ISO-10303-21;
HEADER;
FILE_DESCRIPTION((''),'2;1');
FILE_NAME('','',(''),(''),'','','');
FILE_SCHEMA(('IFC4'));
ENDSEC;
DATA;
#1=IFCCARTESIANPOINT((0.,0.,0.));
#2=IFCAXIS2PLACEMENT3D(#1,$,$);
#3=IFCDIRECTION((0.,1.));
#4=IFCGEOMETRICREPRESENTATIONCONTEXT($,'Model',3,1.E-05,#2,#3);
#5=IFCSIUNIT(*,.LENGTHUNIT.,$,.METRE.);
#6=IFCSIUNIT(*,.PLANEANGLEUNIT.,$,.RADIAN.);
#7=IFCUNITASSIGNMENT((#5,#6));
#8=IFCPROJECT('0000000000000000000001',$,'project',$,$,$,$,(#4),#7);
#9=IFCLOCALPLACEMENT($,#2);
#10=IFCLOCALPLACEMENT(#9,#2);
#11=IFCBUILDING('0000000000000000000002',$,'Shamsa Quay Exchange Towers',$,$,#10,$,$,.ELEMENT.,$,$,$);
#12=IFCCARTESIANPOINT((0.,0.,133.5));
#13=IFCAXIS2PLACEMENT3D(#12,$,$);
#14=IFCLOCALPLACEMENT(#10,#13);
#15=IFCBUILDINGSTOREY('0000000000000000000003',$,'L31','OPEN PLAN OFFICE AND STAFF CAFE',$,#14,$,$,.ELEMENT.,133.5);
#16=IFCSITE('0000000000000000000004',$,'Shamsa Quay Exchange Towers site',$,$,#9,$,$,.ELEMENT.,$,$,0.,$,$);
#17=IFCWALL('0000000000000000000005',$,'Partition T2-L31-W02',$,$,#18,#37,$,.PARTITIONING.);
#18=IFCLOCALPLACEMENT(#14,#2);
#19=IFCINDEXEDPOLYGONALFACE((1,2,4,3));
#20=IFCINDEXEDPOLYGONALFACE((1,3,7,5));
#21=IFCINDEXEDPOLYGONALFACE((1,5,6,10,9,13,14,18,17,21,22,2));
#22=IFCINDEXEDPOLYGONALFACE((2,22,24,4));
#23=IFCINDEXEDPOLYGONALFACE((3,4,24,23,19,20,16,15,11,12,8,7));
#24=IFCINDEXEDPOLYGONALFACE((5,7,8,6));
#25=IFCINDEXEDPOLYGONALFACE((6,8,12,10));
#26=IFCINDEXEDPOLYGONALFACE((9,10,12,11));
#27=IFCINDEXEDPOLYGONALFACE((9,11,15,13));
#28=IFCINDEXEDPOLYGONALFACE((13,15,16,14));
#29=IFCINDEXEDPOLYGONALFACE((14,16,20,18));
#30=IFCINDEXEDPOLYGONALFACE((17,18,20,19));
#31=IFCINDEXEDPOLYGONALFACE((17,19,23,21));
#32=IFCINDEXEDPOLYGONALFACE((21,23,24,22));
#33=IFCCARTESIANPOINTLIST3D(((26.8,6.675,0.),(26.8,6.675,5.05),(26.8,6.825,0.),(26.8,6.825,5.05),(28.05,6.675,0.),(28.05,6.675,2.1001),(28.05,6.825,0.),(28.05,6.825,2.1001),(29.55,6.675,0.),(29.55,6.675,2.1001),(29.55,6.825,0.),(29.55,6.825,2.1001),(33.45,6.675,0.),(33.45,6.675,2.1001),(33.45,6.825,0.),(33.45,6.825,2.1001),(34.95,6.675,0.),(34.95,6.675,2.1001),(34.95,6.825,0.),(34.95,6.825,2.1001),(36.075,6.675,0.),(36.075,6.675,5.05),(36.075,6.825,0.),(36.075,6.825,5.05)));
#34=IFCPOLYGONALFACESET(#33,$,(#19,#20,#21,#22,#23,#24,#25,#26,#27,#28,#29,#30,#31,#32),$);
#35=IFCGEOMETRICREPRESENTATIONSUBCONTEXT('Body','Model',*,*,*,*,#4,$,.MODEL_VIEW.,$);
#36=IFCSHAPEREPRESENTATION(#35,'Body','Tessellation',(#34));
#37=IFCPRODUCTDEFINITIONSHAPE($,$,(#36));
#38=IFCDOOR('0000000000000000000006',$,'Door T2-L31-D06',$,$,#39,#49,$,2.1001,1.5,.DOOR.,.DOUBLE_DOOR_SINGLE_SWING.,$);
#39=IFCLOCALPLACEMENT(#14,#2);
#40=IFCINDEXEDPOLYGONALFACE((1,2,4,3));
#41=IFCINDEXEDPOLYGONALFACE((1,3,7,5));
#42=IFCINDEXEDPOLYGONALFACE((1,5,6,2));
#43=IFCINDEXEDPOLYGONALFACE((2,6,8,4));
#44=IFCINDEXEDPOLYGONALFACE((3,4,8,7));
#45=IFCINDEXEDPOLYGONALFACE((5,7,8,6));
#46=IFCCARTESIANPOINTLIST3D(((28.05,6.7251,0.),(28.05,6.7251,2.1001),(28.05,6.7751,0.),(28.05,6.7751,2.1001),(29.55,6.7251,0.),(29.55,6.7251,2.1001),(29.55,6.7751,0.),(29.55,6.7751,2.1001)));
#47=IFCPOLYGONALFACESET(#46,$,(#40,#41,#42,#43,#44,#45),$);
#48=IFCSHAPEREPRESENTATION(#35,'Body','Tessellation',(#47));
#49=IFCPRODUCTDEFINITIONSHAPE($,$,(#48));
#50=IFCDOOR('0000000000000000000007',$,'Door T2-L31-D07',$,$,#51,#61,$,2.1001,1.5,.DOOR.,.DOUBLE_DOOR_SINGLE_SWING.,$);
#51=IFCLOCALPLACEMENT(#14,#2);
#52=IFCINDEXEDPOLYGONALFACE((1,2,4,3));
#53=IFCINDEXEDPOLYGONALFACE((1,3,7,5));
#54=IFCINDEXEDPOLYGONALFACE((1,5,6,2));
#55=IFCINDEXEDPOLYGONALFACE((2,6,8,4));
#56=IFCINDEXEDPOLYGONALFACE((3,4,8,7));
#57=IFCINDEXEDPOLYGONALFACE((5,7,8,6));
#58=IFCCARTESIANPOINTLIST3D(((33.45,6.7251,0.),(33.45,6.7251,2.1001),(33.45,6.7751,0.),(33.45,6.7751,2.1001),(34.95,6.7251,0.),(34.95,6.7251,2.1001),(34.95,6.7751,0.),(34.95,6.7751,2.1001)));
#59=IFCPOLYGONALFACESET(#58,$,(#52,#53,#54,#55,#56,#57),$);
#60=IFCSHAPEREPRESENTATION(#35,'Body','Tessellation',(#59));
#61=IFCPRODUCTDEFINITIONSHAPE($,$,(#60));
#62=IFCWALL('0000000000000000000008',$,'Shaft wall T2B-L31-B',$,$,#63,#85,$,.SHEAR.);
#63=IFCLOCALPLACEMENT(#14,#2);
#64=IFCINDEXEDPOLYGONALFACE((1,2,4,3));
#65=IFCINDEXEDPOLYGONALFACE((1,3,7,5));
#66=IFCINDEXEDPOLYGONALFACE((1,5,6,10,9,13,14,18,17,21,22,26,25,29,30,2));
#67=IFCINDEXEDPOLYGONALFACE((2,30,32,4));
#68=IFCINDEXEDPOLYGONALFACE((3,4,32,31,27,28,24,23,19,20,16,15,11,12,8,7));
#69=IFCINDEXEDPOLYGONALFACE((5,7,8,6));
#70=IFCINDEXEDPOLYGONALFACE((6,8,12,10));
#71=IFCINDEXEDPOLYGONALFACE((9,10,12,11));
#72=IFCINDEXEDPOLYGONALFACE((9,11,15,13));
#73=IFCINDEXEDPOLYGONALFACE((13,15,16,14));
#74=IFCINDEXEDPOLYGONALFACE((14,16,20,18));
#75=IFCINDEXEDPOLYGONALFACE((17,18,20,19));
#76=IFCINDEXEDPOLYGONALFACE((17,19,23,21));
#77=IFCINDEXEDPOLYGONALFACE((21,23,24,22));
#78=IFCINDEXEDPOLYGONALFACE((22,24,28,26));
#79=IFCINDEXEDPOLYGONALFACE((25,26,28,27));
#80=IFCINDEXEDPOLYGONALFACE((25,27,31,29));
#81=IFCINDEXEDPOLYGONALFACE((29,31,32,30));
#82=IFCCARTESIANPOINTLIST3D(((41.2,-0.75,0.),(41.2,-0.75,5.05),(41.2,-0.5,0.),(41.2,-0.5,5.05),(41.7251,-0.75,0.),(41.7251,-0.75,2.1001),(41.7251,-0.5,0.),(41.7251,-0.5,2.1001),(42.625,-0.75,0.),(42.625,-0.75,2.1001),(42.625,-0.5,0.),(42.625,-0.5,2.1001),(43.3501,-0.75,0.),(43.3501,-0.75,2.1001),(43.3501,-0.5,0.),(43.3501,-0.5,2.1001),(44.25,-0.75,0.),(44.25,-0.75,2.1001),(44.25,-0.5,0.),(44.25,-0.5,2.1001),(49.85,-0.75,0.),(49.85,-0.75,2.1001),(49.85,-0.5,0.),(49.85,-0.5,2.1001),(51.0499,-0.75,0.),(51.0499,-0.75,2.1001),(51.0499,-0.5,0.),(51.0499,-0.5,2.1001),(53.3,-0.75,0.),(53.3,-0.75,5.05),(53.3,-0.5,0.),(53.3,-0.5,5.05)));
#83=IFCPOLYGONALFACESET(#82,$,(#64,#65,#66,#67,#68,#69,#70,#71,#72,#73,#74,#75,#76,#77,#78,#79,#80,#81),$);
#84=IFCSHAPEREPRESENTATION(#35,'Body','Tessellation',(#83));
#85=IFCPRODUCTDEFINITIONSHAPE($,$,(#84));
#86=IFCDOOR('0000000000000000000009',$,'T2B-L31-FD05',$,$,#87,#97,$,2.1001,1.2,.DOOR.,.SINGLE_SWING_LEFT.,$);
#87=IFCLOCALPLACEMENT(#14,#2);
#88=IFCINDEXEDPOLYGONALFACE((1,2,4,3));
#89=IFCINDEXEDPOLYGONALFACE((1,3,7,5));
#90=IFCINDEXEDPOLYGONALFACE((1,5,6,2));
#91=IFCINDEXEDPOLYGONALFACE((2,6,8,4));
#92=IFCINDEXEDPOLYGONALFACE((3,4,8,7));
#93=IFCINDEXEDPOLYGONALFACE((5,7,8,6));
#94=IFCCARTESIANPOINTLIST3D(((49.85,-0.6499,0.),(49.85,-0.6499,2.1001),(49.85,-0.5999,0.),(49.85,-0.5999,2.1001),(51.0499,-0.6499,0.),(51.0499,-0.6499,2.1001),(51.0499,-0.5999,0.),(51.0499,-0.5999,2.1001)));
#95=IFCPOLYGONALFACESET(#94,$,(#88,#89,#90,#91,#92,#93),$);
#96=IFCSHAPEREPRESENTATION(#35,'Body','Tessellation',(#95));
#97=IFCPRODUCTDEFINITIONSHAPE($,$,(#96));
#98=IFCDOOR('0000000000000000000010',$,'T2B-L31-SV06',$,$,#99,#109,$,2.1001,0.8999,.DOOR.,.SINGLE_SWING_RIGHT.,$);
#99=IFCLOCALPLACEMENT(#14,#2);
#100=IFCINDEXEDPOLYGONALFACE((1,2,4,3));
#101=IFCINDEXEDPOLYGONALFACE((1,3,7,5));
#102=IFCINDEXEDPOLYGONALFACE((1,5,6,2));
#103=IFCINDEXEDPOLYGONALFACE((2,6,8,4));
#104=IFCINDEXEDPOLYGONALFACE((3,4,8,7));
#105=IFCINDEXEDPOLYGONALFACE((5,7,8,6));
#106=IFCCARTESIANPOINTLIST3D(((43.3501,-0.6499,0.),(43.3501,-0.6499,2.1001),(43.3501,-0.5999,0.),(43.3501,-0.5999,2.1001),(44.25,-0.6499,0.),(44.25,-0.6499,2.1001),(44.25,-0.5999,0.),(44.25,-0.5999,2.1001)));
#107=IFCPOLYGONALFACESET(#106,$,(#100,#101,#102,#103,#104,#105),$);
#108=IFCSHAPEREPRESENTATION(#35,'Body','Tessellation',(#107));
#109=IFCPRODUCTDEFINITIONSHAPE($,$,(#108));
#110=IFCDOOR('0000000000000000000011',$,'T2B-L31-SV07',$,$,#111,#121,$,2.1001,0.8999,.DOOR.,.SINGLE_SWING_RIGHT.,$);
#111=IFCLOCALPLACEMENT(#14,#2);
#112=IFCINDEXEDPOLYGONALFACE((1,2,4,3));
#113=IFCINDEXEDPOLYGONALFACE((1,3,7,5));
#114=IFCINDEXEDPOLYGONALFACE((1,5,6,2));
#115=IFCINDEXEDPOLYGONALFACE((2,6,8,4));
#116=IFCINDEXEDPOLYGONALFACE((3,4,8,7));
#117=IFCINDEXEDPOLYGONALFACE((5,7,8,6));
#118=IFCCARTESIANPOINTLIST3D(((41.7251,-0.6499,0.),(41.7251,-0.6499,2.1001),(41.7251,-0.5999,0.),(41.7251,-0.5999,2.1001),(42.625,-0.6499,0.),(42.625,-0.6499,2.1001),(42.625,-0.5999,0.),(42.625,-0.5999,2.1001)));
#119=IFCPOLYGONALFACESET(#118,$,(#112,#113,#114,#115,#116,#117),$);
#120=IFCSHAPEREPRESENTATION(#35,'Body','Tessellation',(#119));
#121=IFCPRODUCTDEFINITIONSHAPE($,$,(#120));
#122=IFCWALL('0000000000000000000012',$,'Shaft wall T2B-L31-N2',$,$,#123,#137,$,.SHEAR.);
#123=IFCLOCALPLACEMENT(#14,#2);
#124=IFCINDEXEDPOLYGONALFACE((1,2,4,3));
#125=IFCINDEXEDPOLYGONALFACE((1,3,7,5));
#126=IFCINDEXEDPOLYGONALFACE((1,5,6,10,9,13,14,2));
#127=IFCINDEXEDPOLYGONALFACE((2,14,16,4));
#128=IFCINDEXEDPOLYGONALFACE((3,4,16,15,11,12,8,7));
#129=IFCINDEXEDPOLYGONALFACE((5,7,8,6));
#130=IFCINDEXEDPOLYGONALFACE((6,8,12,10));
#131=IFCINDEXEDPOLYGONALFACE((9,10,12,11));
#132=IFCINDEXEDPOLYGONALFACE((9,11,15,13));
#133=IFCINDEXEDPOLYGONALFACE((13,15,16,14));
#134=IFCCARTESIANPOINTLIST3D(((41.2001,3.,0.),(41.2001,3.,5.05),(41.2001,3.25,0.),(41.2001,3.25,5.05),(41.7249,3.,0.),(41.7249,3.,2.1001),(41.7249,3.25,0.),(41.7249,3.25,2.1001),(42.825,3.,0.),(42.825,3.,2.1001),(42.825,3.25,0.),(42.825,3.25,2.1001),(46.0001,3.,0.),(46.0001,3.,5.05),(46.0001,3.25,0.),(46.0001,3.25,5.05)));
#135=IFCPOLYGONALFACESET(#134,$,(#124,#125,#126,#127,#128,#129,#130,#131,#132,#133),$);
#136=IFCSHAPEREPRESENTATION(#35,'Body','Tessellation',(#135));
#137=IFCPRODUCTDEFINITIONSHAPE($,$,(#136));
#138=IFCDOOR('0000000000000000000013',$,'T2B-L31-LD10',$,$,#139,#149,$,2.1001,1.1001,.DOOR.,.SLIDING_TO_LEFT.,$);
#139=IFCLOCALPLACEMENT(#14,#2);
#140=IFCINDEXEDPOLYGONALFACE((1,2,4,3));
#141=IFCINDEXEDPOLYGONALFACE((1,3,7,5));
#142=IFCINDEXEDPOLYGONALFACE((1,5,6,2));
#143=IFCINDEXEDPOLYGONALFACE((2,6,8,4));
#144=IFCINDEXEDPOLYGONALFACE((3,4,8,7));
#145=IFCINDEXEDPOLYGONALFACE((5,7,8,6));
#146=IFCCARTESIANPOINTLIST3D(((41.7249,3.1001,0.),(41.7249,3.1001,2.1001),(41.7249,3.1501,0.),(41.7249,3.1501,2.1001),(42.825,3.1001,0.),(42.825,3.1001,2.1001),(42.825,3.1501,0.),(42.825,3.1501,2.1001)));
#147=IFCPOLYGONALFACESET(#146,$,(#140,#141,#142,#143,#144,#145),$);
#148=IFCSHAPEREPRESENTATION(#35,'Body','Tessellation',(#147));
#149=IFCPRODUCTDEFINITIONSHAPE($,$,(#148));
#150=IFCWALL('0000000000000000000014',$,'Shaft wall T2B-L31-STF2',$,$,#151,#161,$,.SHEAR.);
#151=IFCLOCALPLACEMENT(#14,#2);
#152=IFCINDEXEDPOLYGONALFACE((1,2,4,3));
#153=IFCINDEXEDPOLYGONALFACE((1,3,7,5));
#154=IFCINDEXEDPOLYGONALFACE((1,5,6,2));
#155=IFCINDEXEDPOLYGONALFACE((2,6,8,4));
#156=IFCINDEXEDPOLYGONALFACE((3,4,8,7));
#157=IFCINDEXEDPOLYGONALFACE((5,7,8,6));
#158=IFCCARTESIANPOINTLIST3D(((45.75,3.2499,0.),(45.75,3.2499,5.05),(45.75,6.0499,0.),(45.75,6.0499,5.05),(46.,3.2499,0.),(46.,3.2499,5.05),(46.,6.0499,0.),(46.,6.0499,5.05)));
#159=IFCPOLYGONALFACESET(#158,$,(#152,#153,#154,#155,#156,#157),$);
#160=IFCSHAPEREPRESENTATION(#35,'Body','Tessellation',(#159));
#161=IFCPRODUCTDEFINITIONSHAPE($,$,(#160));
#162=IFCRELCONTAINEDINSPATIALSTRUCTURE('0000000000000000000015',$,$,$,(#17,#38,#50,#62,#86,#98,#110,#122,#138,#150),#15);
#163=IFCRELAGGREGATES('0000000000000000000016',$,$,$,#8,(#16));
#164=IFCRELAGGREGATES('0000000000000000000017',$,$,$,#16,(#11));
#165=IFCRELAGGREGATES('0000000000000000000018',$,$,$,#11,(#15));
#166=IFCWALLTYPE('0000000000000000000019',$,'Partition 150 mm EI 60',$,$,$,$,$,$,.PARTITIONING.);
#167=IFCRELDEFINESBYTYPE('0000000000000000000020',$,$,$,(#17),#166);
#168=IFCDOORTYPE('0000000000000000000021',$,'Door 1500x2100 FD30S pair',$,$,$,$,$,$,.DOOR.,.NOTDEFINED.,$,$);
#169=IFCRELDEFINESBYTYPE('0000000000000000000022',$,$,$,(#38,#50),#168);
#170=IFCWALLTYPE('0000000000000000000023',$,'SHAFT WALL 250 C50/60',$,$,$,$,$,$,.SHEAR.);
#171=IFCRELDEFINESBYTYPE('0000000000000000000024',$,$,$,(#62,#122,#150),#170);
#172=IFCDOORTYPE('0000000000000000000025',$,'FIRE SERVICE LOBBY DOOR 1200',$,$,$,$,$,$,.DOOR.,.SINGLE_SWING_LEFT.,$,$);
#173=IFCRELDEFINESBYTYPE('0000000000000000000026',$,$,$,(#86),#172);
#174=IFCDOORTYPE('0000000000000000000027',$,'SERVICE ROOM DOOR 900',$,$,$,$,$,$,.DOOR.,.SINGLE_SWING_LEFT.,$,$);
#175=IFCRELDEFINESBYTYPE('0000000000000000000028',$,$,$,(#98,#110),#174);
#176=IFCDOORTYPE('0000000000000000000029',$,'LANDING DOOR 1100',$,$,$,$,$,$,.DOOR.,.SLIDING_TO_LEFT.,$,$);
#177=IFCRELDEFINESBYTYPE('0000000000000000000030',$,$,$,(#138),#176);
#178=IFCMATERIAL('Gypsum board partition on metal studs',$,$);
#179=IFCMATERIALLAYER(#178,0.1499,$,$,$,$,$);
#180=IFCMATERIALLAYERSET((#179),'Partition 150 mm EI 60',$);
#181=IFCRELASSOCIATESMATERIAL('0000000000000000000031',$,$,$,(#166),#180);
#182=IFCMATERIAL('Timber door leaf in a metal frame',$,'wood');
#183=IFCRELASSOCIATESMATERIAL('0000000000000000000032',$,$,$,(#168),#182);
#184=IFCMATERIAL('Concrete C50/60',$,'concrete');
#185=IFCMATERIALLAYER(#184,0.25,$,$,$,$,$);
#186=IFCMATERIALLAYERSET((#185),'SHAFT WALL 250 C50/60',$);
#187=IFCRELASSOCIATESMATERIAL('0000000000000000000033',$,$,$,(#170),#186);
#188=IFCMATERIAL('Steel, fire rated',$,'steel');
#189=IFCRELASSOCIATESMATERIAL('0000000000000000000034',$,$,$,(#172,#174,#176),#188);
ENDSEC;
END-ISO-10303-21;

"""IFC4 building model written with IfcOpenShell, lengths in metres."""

from ifc_helpers import new_model, si_unit, direction, frame, frame_2d, origin, place, context, subcontext, project, spatial, rectangle, extrude, material, layer, layer_set, type_object, element, fill, save


model = new_model("IFC4")

# Units and contexts
model_context = context("Model", 3, precision=1e-05, world=origin(), true_north=direction((0.0, 1.0)))
body_context = subcontext(model_context, "Body", "Model", "MODEL_VIEW")
ifc_project = project(units=[si_unit("LENGTHUNIT", "METRE"), si_unit("PLANEANGLEUNIT", "RADIAN")], contexts=[model_context])

# Site, building, storey
site_placement = place(None, origin())
site = spatial("IfcSite", under=ifc_project, at=site_placement, Name="Shamsa Quay Exchange Towers site", CompositionType="ELEMENT", RefElevation=0.0)
building_placement = place(site_placement, origin())
building = spatial("IfcBuilding", under=site, at=building_placement, Name="Shamsa Quay Exchange Towers", CompositionType="ELEMENT")
storey_placement = place(building_placement, frame((0.0, 0.0, 133.5)))
storey = spatial("IfcBuildingStorey", under=building, at=storey_placement, Name="L31", Description="OPEN PLAN OFFICE AND STAFF CAFE", CompositionType="ELEMENT", Elevation=133.5)

# Shared definitions
ifc_material_1 = material(Name="Gypsum board partition on metal studs")
ifc_layer_1 = layer(ifc_material_1, 0.1499)
ifc_layer_set_1 = layer_set([ifc_layer_1], Name="Partition 150 mm EI 60")
wall_type_1 = type_object("IfcWallType", Name="Partition 150 mm EI 60", PredefinedType="PARTITIONING", material=ifc_layer_set_1)
ifc_material_2 = material(Name="Timber door leaf in a metal frame", Category="wood")
door_type_1 = type_object("IfcDoorType", Name="Door 1500x2100 FD30S pair", OperationType="NOTDEFINED", PredefinedType="DOOR", material=ifc_material_2)

# Walls, openings, doors
wall_1_placement = place(storey_placement, frame((36.075, 6.75, 0.0), z_axis=(0.0, 0.0, 1.0), x_axis=(-1.0, 0.0, 0.0)))
wall_1 = element("IfcWall", 1, at=wall_1_placement, inside=storey, type_object=wall_type_1, Name="Partition T2-L31-W02", PredefinedType="PARTITIONING", context=body_context, shape_type="SweptSolid", body=[
    extrude(rectangle(XDim=9.2749, YDim=0.1499, at=frame_2d((4.6375, 0.0))), origin(), (0.0, 0.0, 1.0), 5.05),
])
opening_1_placement = place(wall_1_placement, frame((6.5249, 0.0, 0.0)))
opening_1 = element("IfcOpeningElement", 2, at=opening_1_placement, cuts=wall_1, PredefinedType="OPENING", context=body_context, shape_type="SweptSolid", body=[
    extrude(rectangle(XDim=1.5, YDim=2.1001, at=frame_2d((0.75, 1.05))), frame((0.0, 0.085, 0.0), z_axis=(0.0, -1.0, 0.0), x_axis=(1.0, 0.0, 0.0)), (0.0, 0.0, 1.0), 0.1699),
])
opening_2_placement = place(wall_1_placement, frame((1.125, 0.0, 0.0)))
opening_2 = element("IfcOpeningElement", 3, at=opening_2_placement, cuts=wall_1, PredefinedType="OPENING", context=body_context, shape_type="SweptSolid", body=[
    extrude(rectangle(XDim=1.5, YDim=2.1001, at=frame_2d((0.75, 1.05))), frame((0.0, 0.085, 0.0), z_axis=(0.0, -1.0, 0.0), x_axis=(1.0, 0.0, 0.0)), (0.0, 0.0, 1.0), 0.1699),
])
door_1_placement = place(opening_1_placement, origin())
door_1 = element("IfcDoor", 4, at=door_1_placement, inside=storey, type_object=door_type_1, Name="Door T2-L31-D06", OperationType="DOUBLE_DOOR_SINGLE_SWING", OverallHeight=2.1001, OverallWidth=1.5, PredefinedType="DOOR", context=body_context, shape_type="SweptSolid", body=[
    extrude(rectangle(XDim=1.5, YDim=2.1001, at=frame_2d((0.75, 1.05))), frame((0.0, 0.0249, 0.0), z_axis=(0.0, -1.0, 0.0), x_axis=(1.0, 0.0, 0.0)), (0.0, 0.0, 1.0), 0.05),
])
fill(opening_1, door_1)
door_2_placement = place(opening_2_placement, origin())
door_2 = element("IfcDoor", 5, at=door_2_placement, inside=storey, type_object=door_type_1, Name="Door T2-L31-D07", OperationType="DOUBLE_DOOR_SINGLE_SWING", OverallHeight=2.1001, OverallWidth=1.5, PredefinedType="DOOR", context=body_context, shape_type="SweptSolid", body=[
    extrude(rectangle(XDim=1.5, YDim=2.1001, at=frame_2d((0.75, 1.05))), frame((0.0, 0.0249, 0.0), z_axis=(0.0, -1.0, 0.0), x_axis=(1.0, 0.0, 0.0)), (0.0, 0.0, 1.0), 0.05),
])
fill(opening_2, door_2)
ifc_material_3 = material(Name="Concrete C50/60", Category="concrete")
ifc_layer_2 = layer(ifc_material_3, 0.25)
ifc_layer_set_2 = layer_set([ifc_layer_2], Name="SHAFT WALL 250 C50/60")
wall_type_2 = type_object("IfcWallType", Name="SHAFT WALL 250 C50/60", PredefinedType="SHEAR", material=ifc_layer_set_2)
wall_2_placement = place(storey_placement, frame((53.3, -0.625, 0.0), z_axis=(0.0, 0.0, 1.0), x_axis=(-1.0, 0.0, 0.0)))
wall_2 = element("IfcWall", 6, at=wall_2_placement, inside=storey, type_object=wall_type_2, Name="Shaft wall T2B-L31-B", PredefinedType="SHEAR", context=body_context, shape_type="SweptSolid", body=[
    extrude(rectangle(XDim=12.1001, YDim=0.25, at=frame_2d((6.05, 0.0))), origin(), (0.0, 0.0, 1.0), 5.05),
])
opening_3_placement = place(wall_2_placement, frame((2.25, 0.0, 0.0)))
opening_3 = element("IfcOpeningElement", 7, at=opening_3_placement, cuts=wall_2, PredefinedType="OPENING", context=body_context, shape_type="SweptSolid", body=[
    extrude(rectangle(XDim=1.2, YDim=2.1001, at=frame_2d((0.6001, 1.05))), frame((0.0, 0.135, 0.0), z_axis=(0.0, -1.0, 0.0), x_axis=(1.0, 0.0, 0.0)), (0.0, 0.0, 1.0), 0.27),
])
opening_4_placement = place(wall_2_placement, frame((9.05, 0.0, 0.0)))
opening_4 = element("IfcOpeningElement", 8, at=opening_4_placement, cuts=wall_2, PredefinedType="OPENING", context=body_context, shape_type="SweptSolid", body=[
    extrude(rectangle(XDim=0.8999, YDim=2.1001, at=frame_2d((0.45, 1.05))), frame((0.0, 0.135, 0.0), z_axis=(0.0, -1.0, 0.0), x_axis=(1.0, 0.0, 0.0)), (0.0, 0.0, 1.0), 0.27),
])
opening_5_placement = place(wall_2_placement, frame((10.675, 0.0, 0.0)))
opening_5 = element("IfcOpeningElement", 9, at=opening_5_placement, cuts=wall_2, PredefinedType="OPENING", context=body_context, shape_type="SweptSolid", body=[
    extrude(rectangle(XDim=0.8999, YDim=2.1001, at=frame_2d((0.45, 1.05))), frame((0.0, 0.135, 0.0), z_axis=(0.0, -1.0, 0.0), x_axis=(1.0, 0.0, 0.0)), (0.0, 0.0, 1.0), 0.27),
])
ifc_material_4 = material(Name="Steel, fire rated", Category="steel")
door_type_2 = type_object("IfcDoorType", Name="FIRE SERVICE LOBBY DOOR 1200", OperationType="SINGLE_SWING_LEFT", PredefinedType="DOOR", material=ifc_material_4)
door_3_placement = place(opening_3_placement, origin())
door_3 = element("IfcDoor", 10, at=door_3_placement, inside=storey, type_object=door_type_2, Name="T2B-L31-FD05", OperationType="SINGLE_SWING_LEFT", OverallHeight=2.1001, OverallWidth=1.2, PredefinedType="DOOR", context=body_context, shape_type="SweptSolid", body=[
    extrude(rectangle(XDim=1.2, YDim=2.1001, at=frame_2d((0.6001, 1.05))), frame((0.0, 0.0249, 0.0), z_axis=(0.0, -1.0, 0.0), x_axis=(1.0, 0.0, 0.0)), (0.0, 0.0, 1.0), 0.05),
])
fill(opening_3, door_3)
door_type_3 = type_object("IfcDoorType", Name="SERVICE ROOM DOOR 900", OperationType="SINGLE_SWING_LEFT", PredefinedType="DOOR", material=ifc_material_4)
door_4_placement = place(opening_4_placement, origin())
door_4 = element("IfcDoor", 11, at=door_4_placement, inside=storey, type_object=door_type_3, Name="T2B-L31-SV06", OperationType="SINGLE_SWING_RIGHT", OverallHeight=2.1001, OverallWidth=0.8999, PredefinedType="DOOR", context=body_context, shape_type="SweptSolid", body=[
    extrude(rectangle(XDim=0.8999, YDim=2.1001, at=frame_2d((0.45, 1.05))), frame((0.0, 0.0249, 0.0), z_axis=(0.0, -1.0, 0.0), x_axis=(1.0, 0.0, 0.0)), (0.0, 0.0, 1.0), 0.05),
])
fill(opening_4, door_4)
door_5_placement = place(opening_5_placement, origin())
door_5 = element("IfcDoor", 12, at=door_5_placement, inside=storey, type_object=door_type_3, Name="T2B-L31-SV07", OperationType="SINGLE_SWING_RIGHT", OverallHeight=2.1001, OverallWidth=0.8999, PredefinedType="DOOR", context=body_context, shape_type="SweptSolid", body=[
    extrude(rectangle(XDim=0.8999, YDim=2.1001, at=frame_2d((0.45, 1.05))), frame((0.0, 0.0249, 0.0), z_axis=(0.0, -1.0, 0.0), x_axis=(1.0, 0.0, 0.0)), (0.0, 0.0, 1.0), 0.05),
])
fill(opening_5, door_5)

# Wall, opening, door
wall_3_placement = place(storey_placement, frame((46.0, 3.125, 0.0), z_axis=(0.0, 0.0, 1.0), x_axis=(-1.0, 0.0, 0.0)))
wall_3 = element("IfcWall", 13, at=wall_3_placement, inside=storey, type_object=wall_type_2, Name="Shaft wall T2B-L31-N2", PredefinedType="SHEAR", context=body_context, shape_type="SweptSolid", body=[
    extrude(rectangle(XDim=4.8, YDim=0.25, at=frame_2d((2.3999, 0.0))), origin(), (0.0, 0.0, 1.0), 5.05),
])
opening_6_placement = place(wall_3_placement, frame((3.175, 0.0, 0.0)))
opening_6 = element("IfcOpeningElement", 14, at=opening_6_placement, cuts=wall_3, PredefinedType="OPENING", context=body_context, shape_type="SweptSolid", body=[
    extrude(rectangle(XDim=1.1001, YDim=2.1001, at=frame_2d((0.55, 1.05))), frame((0.0, 0.135, 0.0), z_axis=(0.0, -1.0, 0.0), x_axis=(1.0, 0.0, 0.0)), (0.0, 0.0, 1.0), 0.27),
])
door_type_4 = type_object("IfcDoorType", Name="LANDING DOOR 1100", OperationType="SLIDING_TO_LEFT", PredefinedType="DOOR", material=ifc_material_4)
door_6_placement = place(opening_6_placement, origin())
door_6 = element("IfcDoor", 15, at=door_6_placement, inside=storey, type_object=door_type_4, Name="T2B-L31-LD10", OperationType="SLIDING_TO_LEFT", OverallHeight=2.1001, OverallWidth=1.1001, PredefinedType="DOOR", context=body_context, shape_type="SweptSolid", body=[
    extrude(rectangle(XDim=1.1001, YDim=2.1001, at=frame_2d((0.55, 1.05))), frame((0.0, 0.0249, 0.0), z_axis=(0.0, -1.0, 0.0), x_axis=(1.0, 0.0, 0.0)), (0.0, 0.0, 1.0), 0.05),
])
fill(opening_6, door_6)

# Wall
for number, where, z_axis, x_axis, name in (
    (16, (45.875, 3.25, 0.0), (0.0, 0.0, 1.0), (0.0, 1.0, 0.0), "Shaft wall T2B-L31-STF2"),
):
    element("IfcWall", number, at=place(storey_placement, frame(where, z_axis=z_axis, x_axis=x_axis)), inside=storey, type_object=wall_type_2, Name=name, PredefinedType="SHEAR", context=body_context, shape_type="SweptSolid", body=[
        extrude(rectangle(XDim=2.8, YDim=0.25, at=frame_2d((1.3999, 0.0))), origin(), (0.0, 0.0, 1.0), 5.05),
    ])

save(model, "model.ifc")
